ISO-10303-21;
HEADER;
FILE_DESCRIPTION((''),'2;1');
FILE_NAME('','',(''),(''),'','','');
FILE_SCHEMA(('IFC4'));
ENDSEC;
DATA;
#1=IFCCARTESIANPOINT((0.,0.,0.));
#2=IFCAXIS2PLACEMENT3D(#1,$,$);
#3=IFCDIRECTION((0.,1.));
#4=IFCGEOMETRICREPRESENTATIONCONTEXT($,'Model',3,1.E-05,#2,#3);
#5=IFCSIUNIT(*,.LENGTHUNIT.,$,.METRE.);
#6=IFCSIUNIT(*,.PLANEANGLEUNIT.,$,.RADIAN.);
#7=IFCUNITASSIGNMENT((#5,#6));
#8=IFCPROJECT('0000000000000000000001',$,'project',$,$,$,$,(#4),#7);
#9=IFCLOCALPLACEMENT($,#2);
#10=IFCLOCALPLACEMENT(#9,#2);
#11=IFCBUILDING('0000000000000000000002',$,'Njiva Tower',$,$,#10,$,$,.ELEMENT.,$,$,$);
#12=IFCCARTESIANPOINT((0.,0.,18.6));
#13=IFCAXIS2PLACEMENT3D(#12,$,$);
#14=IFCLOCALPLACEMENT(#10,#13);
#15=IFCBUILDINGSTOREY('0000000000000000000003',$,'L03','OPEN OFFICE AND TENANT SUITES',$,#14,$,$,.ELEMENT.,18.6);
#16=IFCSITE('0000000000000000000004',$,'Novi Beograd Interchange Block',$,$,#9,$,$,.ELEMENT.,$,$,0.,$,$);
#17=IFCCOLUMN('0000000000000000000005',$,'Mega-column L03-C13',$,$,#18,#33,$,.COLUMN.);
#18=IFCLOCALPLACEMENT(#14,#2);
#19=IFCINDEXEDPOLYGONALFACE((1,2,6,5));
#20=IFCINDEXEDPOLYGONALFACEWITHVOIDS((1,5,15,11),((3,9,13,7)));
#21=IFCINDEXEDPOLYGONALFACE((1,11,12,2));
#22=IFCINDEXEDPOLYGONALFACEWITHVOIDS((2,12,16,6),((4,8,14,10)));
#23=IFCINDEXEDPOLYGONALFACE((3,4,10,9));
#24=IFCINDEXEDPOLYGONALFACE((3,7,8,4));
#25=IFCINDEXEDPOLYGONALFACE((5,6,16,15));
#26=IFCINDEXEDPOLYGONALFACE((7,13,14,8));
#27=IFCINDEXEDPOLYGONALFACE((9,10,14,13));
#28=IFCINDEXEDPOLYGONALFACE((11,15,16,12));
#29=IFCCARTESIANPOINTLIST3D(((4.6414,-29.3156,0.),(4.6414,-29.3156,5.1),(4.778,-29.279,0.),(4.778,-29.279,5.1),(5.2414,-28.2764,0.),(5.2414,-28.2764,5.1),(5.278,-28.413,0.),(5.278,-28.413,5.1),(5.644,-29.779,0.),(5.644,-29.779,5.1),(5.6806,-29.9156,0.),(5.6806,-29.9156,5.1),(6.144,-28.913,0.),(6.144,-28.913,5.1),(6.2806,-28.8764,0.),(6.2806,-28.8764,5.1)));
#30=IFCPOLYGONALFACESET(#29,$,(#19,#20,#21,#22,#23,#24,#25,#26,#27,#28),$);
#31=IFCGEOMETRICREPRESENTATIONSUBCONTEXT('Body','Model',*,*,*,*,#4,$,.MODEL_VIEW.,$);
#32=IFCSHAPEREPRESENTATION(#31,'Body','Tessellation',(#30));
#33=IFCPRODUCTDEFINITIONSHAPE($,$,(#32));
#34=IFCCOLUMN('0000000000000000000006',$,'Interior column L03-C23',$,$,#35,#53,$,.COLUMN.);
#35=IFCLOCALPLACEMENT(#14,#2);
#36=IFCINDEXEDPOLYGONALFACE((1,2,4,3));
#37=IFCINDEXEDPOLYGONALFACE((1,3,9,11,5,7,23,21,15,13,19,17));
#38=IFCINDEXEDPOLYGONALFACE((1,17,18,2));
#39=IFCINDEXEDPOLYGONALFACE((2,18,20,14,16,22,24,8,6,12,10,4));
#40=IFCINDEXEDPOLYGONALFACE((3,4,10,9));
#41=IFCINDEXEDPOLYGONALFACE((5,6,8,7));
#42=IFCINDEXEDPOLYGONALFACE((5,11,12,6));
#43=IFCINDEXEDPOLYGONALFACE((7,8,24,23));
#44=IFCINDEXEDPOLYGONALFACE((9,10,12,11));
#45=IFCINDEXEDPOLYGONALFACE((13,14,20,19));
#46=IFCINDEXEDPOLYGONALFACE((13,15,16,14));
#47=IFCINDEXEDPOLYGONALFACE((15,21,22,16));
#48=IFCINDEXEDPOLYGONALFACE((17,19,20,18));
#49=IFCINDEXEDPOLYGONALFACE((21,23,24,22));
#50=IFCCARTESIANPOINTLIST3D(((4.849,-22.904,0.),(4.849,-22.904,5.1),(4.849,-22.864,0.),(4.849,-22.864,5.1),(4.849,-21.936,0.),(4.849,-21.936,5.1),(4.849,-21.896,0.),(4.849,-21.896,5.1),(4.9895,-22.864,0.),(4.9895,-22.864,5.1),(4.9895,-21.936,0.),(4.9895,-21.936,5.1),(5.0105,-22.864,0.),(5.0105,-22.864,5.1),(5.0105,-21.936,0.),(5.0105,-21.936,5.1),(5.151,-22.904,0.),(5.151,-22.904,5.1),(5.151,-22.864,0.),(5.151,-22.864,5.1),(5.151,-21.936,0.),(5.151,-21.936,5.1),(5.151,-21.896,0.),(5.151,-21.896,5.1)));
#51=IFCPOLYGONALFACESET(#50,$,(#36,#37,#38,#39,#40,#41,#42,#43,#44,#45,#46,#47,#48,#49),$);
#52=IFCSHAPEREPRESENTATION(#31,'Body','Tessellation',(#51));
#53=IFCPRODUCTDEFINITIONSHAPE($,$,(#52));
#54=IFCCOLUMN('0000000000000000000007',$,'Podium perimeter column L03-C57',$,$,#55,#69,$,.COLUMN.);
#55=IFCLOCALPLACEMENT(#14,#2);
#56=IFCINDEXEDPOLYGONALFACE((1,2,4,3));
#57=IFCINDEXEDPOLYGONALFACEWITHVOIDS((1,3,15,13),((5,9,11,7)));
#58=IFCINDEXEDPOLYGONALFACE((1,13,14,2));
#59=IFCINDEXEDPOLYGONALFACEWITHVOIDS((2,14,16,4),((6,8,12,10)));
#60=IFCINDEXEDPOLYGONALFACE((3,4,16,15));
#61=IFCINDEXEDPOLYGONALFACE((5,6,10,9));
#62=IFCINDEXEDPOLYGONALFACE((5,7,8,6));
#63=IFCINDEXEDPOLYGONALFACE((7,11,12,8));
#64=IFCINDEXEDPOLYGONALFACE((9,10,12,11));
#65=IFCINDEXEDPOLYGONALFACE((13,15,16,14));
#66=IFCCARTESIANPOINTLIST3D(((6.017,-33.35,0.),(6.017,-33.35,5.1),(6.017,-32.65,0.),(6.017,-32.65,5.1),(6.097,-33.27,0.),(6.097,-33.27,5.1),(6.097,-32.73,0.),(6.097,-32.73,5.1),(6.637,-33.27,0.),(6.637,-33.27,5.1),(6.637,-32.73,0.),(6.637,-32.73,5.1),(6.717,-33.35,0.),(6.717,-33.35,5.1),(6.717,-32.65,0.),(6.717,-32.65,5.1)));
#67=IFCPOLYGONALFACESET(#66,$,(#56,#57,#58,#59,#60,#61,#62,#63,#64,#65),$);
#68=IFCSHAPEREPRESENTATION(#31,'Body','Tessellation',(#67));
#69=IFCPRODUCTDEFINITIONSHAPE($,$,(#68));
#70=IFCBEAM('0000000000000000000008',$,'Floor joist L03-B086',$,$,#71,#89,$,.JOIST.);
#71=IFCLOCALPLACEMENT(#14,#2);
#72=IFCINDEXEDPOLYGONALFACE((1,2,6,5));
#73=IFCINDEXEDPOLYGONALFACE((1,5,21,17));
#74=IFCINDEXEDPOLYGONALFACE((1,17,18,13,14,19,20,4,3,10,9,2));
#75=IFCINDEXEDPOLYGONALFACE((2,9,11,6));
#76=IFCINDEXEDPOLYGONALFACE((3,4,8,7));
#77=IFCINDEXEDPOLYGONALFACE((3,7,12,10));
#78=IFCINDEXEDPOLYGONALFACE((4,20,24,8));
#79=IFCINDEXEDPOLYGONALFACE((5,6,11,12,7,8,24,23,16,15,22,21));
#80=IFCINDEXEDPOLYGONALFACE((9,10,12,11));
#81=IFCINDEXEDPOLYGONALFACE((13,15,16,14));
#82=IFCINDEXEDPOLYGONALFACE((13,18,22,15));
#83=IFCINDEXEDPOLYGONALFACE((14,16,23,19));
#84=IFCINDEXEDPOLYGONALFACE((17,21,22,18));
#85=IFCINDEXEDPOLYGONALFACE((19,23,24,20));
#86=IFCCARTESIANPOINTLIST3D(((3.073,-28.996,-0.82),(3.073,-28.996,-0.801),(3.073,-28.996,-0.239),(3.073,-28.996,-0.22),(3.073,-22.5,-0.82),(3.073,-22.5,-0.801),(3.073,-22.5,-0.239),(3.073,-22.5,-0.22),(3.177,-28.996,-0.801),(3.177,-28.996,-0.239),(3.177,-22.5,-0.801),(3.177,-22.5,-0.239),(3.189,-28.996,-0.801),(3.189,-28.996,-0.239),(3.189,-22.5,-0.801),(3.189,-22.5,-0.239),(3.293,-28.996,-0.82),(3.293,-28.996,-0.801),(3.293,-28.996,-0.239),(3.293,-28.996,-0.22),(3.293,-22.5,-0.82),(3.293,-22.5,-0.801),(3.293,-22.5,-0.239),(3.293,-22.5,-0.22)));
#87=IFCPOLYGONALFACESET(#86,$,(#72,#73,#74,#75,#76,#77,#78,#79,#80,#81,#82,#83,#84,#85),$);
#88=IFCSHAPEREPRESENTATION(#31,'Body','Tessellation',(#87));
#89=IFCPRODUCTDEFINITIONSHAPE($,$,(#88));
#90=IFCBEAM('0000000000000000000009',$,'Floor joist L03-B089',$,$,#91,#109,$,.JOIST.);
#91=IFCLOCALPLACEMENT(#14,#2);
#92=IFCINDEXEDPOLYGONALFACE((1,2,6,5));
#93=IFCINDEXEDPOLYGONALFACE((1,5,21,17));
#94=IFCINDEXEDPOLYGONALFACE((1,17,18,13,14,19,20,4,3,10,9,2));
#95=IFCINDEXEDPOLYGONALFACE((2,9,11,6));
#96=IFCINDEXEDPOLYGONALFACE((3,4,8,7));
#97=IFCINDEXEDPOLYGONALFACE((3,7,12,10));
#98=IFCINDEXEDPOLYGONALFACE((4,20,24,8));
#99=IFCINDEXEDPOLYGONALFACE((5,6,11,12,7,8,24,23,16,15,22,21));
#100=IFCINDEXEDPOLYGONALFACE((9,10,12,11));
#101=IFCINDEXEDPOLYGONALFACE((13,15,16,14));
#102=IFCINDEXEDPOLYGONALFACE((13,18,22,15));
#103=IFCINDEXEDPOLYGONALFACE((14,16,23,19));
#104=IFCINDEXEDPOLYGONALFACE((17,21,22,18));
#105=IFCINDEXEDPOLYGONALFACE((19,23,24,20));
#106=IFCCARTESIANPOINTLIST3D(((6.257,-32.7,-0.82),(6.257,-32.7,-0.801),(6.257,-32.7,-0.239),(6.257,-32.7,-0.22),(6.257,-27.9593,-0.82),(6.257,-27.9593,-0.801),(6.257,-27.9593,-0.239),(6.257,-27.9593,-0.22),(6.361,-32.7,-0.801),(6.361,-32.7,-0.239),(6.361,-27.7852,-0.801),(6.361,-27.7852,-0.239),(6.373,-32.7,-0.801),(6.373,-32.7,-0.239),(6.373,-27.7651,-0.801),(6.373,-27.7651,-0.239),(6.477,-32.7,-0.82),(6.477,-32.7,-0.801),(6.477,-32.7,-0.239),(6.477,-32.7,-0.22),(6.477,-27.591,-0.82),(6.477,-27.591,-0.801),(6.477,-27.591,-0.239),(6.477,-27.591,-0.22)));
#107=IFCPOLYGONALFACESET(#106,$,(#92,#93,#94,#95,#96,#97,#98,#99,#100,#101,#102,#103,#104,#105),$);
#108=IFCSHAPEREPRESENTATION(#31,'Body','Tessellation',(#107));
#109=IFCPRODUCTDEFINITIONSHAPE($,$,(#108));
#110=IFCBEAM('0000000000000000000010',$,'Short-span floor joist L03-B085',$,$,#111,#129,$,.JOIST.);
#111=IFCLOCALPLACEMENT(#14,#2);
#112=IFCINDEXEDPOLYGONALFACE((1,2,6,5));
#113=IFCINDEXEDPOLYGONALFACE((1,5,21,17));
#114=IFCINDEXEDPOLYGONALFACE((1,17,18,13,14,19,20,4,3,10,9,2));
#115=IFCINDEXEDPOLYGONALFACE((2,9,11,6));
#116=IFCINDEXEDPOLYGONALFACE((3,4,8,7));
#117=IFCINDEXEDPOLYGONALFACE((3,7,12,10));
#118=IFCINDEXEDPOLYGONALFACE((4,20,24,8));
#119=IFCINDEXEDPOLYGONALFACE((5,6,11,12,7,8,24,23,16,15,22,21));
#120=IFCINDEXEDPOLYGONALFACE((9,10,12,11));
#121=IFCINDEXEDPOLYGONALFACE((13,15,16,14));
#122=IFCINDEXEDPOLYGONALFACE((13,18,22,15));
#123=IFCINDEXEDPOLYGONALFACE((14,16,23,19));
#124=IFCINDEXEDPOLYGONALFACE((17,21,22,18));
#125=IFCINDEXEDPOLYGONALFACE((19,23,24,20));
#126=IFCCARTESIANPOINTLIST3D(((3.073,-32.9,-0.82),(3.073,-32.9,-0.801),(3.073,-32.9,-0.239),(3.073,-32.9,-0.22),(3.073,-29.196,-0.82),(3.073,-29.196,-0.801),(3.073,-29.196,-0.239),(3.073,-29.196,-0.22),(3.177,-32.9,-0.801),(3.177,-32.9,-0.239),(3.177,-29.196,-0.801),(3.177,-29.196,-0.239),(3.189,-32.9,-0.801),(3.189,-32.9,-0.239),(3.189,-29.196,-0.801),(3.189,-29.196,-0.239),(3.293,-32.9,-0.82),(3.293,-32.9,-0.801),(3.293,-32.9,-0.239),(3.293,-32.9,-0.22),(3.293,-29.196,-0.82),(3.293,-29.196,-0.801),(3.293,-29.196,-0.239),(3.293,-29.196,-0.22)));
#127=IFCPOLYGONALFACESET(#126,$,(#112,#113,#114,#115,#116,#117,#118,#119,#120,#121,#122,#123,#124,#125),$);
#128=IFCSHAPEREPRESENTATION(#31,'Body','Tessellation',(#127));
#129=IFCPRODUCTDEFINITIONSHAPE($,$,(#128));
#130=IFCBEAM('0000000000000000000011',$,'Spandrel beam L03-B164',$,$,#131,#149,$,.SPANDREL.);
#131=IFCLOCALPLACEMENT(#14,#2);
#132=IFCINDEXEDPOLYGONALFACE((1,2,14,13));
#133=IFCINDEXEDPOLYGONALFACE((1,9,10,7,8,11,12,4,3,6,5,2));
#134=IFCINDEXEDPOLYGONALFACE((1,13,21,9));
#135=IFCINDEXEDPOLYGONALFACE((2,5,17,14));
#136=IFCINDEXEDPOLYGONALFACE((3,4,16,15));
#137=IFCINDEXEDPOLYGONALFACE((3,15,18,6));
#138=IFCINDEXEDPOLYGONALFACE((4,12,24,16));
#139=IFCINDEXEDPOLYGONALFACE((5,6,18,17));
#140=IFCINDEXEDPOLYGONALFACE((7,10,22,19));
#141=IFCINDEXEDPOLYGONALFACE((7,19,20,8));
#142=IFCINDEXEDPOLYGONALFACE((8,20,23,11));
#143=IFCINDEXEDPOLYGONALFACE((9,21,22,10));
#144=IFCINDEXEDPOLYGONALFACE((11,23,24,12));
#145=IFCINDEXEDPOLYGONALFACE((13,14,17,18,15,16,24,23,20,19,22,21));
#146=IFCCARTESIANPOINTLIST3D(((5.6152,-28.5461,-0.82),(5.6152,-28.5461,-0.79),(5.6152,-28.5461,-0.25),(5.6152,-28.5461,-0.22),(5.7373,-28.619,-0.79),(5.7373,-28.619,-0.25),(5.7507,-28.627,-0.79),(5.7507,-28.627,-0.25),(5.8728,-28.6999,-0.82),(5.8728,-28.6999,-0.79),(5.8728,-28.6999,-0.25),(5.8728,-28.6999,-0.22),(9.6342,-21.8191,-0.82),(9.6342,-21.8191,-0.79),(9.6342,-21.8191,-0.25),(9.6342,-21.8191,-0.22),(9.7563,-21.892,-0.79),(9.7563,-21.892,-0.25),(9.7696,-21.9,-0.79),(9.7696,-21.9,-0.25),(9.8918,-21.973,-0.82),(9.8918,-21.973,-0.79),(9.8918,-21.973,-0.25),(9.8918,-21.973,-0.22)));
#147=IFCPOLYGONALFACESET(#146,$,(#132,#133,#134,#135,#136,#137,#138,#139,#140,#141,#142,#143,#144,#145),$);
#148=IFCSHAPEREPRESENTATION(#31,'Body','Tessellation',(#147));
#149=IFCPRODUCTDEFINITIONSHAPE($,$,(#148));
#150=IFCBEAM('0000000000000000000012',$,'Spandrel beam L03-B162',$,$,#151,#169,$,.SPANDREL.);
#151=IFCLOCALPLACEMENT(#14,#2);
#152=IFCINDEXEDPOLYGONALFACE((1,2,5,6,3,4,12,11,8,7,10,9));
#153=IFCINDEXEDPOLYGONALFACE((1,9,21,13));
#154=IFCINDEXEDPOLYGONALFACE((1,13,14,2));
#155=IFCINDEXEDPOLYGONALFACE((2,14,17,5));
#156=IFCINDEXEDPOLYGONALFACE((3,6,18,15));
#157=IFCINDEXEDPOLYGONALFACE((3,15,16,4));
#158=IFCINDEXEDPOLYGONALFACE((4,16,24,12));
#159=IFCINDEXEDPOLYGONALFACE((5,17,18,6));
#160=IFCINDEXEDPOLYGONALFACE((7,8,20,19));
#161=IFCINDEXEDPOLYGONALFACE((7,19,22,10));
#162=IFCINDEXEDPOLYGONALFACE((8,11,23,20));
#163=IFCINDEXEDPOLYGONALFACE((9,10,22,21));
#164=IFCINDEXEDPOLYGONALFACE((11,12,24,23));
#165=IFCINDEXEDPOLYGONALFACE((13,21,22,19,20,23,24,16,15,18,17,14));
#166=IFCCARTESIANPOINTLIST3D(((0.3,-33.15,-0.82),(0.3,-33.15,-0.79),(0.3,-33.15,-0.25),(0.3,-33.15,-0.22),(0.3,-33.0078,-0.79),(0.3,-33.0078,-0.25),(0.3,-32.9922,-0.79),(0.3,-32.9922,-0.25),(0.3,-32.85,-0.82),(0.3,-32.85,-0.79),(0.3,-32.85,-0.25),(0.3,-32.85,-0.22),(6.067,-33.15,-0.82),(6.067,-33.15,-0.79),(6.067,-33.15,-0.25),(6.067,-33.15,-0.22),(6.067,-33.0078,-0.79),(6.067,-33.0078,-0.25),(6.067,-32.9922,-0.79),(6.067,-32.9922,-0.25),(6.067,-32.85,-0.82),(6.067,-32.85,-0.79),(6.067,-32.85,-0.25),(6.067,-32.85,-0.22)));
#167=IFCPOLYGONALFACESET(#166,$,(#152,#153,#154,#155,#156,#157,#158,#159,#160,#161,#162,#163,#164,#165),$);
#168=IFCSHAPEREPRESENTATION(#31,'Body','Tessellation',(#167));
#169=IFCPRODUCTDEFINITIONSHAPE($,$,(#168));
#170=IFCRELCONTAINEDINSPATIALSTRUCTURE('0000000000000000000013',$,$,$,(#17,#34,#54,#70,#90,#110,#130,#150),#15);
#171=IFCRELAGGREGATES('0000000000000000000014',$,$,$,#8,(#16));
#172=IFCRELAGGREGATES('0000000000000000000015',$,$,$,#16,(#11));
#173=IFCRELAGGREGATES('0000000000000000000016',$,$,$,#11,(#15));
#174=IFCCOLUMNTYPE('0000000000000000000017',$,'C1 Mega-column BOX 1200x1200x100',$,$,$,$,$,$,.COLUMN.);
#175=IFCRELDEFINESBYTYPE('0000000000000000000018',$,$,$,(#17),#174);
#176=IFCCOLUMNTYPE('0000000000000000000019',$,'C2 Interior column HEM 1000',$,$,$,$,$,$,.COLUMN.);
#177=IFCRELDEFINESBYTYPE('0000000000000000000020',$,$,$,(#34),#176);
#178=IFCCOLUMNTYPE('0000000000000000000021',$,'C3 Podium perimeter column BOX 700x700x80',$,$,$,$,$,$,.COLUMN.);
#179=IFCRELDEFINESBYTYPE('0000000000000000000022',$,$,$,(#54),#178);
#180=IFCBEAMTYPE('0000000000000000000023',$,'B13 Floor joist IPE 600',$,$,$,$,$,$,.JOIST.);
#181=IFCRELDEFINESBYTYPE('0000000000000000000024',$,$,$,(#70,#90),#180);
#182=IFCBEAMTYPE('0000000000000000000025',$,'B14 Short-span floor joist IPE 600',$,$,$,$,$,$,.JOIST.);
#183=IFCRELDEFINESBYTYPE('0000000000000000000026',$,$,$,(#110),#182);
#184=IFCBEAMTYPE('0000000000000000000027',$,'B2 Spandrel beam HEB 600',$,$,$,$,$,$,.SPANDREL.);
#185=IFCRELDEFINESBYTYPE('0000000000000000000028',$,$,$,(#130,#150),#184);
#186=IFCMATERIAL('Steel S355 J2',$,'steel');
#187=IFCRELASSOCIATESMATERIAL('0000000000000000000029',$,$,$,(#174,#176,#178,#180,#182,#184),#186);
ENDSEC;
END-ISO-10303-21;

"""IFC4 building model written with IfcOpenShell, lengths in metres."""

from ifc_helpers import new_model, si_unit, direction, frame, origin, origin_2d, place, context, subcontext, project, spatial, hollow_rectangle, i_section, extrude, clip, halfspace, material, material_profile, profile_set, type_object, element, save


model = new_model("IFC4")

# Units and contexts
model_context = context("Model", 3, precision=1e-05, world=origin(), true_north=direction((0.0, 1.0)))
body_context = subcontext(model_context, "Body", "Model", "MODEL_VIEW")
ifc_project = project(units=[si_unit("LENGTHUNIT", "METRE"), si_unit("PLANEANGLEUNIT", "RADIAN")], contexts=[model_context])

# Site, building, storey
site_placement = place(None, origin())
site = spatial("IfcSite", under=ifc_project, at=site_placement, Name="Novi Beograd Interchange Block", CompositionType="ELEMENT", RefElevation=0.0)
building_placement = place(site_placement, origin())
building = spatial("IfcBuilding", under=site, at=building_placement, Name="Njiva Tower", CompositionType="ELEMENT")
storey_placement = place(building_placement, frame((0.0, 0.0, 18.6)))
storey = spatial("IfcBuildingStorey", under=building, at=storey_placement, Name="L03", Description="OPEN OFFICE AND TENANT SUITES", CompositionType="ELEMENT", Elevation=18.6)

# Columns
ifc_material_1 = material(Name="Steel S355 J2", Category="steel")
ifc_material_profile_1 = material_profile(ifc_material_1, hollow_rectangle(XDim=1.2, YDim=1.2, WallThickness=0.1, at=origin_2d()), Name="BOX 1200x1200x100")
ifc_profile_set_1 = profile_set([ifc_material_profile_1], Name="Steel S355 J2")
column_type_1 = type_object("IfcColumnType", Name="C1 Mega-column BOX 1200x1200x100", PredefinedType="COLUMN", material=ifc_profile_set_1)
column_1_placement = place(storey_placement, frame((5.461, -29.096, 0.0), z_axis=(0.0, 0.0, 1.0), x_axis=(0.5, 0.866025, 0.0)))
element("IfcColumn", 1, at=column_1_placement, inside=storey, type_object=column_type_1, Name="Mega-column L03-C13", PredefinedType="COLUMN", context=body_context, shape_type="SweptSolid", body=[
    extrude(hollow_rectangle(XDim=1.2, YDim=1.2, WallThickness=0.1, at=origin_2d()), origin(), (0.0, 0.0, 1.0), 5.1),
])
ifc_material_profile_2 = material_profile(ifc_material_1, i_section(OverallWidth=0.302, OverallDepth=1.008, WebThickness=0.021, FlangeThickness=0.04, at=origin_2d()), Name="HEM 1000")
ifc_profile_set_2 = profile_set([ifc_material_profile_2], Name="Steel S355 J2")
column_type_2 = type_object("IfcColumnType", Name="C2 Interior column HEM 1000", PredefinedType="COLUMN", material=ifc_profile_set_2)
column_2_placement = place(storey_placement, frame((5.0, -22.4, 0.0), z_axis=(0.0, 0.0, 1.0), x_axis=(1.0, 0.0, 0.0)))
element("IfcColumn", 2, at=column_2_placement, inside=storey, type_object=column_type_2, Name="Interior column L03-C23", PredefinedType="COLUMN", context=body_context, shape_type="SweptSolid", body=[
    extrude(i_section(OverallWidth=0.302, OverallDepth=1.008, WebThickness=0.021, FlangeThickness=0.04, at=origin_2d()), origin(), (0.0, 0.0, 1.0), 5.1),
])
ifc_material_profile_3 = material_profile(ifc_material_1, hollow_rectangle(XDim=0.7, YDim=0.7, WallThickness=0.08, at=origin_2d()), Name="BOX 700x700x80")
ifc_profile_set_3 = profile_set([ifc_material_profile_3], Name="Steel S355 J2")
column_type_3 = type_object("IfcColumnType", Name="C3 Podium perimeter column BOX 700x700x80", PredefinedType="COLUMN", material=ifc_profile_set_3)
column_3_placement = place(storey_placement, frame((6.367, -33.0, 0.0), z_axis=(0.0, 0.0, 1.0), x_axis=(1.0, 0.0, 0.0)))
element("IfcColumn", 3, at=column_3_placement, inside=storey, type_object=column_type_3, Name="Podium perimeter column L03-C57", PredefinedType="COLUMN", context=body_context, shape_type="SweptSolid", body=[
    extrude(hollow_rectangle(XDim=0.7, YDim=0.7, WallThickness=0.08, at=origin_2d()), origin(), (0.0, 0.0, 1.0), 5.1),
])

# Beams
ifc_material_profile_4 = material_profile(ifc_material_1, i_section(OverallWidth=0.22, OverallDepth=0.6, WebThickness=0.012, FlangeThickness=0.019, at=origin_2d()), Name="IPE 600")
ifc_profile_set_4 = profile_set([ifc_material_profile_4], Name="Steel S355 J2")
beam_type_1 = type_object("IfcBeamType", Name="B13 Floor joist IPE 600", PredefinedType="JOIST", material=ifc_profile_set_4)
beam_1_placement = place(storey_placement, frame((3.183, -22.5, -0.52), z_axis=(0.0, -1.0, 0.0), x_axis=(1.0, 0.0, 0.0)))
element("IfcBeam", 4, at=beam_1_placement, inside=storey, type_object=beam_type_1, Name="Floor joist L03-B086", PredefinedType="JOIST", context=body_context, shape_type="SweptSolid", body=[
    extrude(i_section(OverallWidth=0.22, OverallDepth=0.6, WebThickness=0.012, FlangeThickness=0.019, at=origin_2d()), origin(), (0.0, 0.0, 1.0), 6.496),
])
beam_2_placement = place(storey_placement, frame((6.367, -27.572, -0.52), z_axis=(0.0, -1.0, 0.0), x_axis=(1.0, 0.0, 0.0)))
element("IfcBeam", 5, at=beam_2_placement, inside=storey, type_object=beam_type_1, Name="Floor joist L03-B089", PredefinedType="JOIST", context=body_context, shape_type="Clipping", body=[
    clip(extrude(i_section(OverallWidth=0.22, OverallDepth=0.6, WebThickness=0.012, FlangeThickness=0.019, at=origin_2d()), origin(), (0.0, 0.0, 1.0), 5.128), halfspace(frame((-0.0433, 0.0, 0.2756), z_axis=(-0.858483, 0.0, -0.512842), x_axis=(0.0, -1.0, 0.0)), False)),
])
ifc_material_profile_5 = material_profile(ifc_material_1, i_section(OverallWidth=0.22, OverallDepth=0.6, WebThickness=0.012, FlangeThickness=0.019, at=origin_2d()), Name="IPE 600")
ifc_profile_set_5 = profile_set([ifc_material_profile_5], Name="Steel S355 J2")
beam_type_2 = type_object("IfcBeamType", Name="B14 Short-span floor joist IPE 600", PredefinedType="JOIST", material=ifc_profile_set_5)
beam_3_placement = place(storey_placement, frame((3.183, -29.196, -0.52), z_axis=(0.0, -1.0, 0.0), x_axis=(1.0, 0.0, 0.0)))
element("IfcBeam", 6, at=beam_3_placement, inside=storey, type_object=beam_type_2, Name="Short-span floor joist L03-B085", PredefinedType="JOIST", context=body_context, shape_type="SweptSolid", body=[
    extrude(i_section(OverallWidth=0.22, OverallDepth=0.6, WebThickness=0.012, FlangeThickness=0.019, at=origin_2d()), origin(), (0.0, 0.0, 1.0), 3.704),
])
ifc_material_profile_6 = material_profile(ifc_material_1, i_section(OverallWidth=0.3, OverallDepth=0.6, WebThickness=0.0155, FlangeThickness=0.03, at=origin_2d()), Name="HEB 600")
ifc_profile_set_6 = profile_set([ifc_material_profile_6], Name="Steel S355 J2")
beam_type_3 = type_object("IfcBeamType", Name="B2 Spandrel beam HEB 600", PredefinedType="SPANDREL", material=ifc_profile_set_6)
beam_4_placement = place(storey_placement, frame((5.744, -28.623, -0.52), z_axis=(0.512881, 0.85846, 0.0), x_axis=(-0.85846, 0.512881, 0.0)))
element("IfcBeam", 7, at=beam_4_placement, inside=storey, type_object=beam_type_3, Name="Spandrel beam L03-B164", PredefinedType="SPANDREL", context=body_context, shape_type="SweptSolid", body=[
    extrude(i_section(OverallWidth=0.3, OverallDepth=0.6, WebThickness=0.0155, FlangeThickness=0.03, at=origin_2d()), origin(), (0.0, 0.0, 1.0), 7.8361),
])
beam_5_placement = place(storey_placement, frame((0.3, -33.0, -0.52), z_axis=(1.0, 0.0, 0.0), x_axis=(0.0, 1.0, 0.0)))
element("IfcBeam", 8, at=beam_5_placement, inside=storey, type_object=beam_type_3, Name="Spandrel beam L03-B162", PredefinedType="SPANDREL", context=body_context, shape_type="SweptSolid", body=[
    extrude(i_section(OverallWidth=0.3, OverallDepth=0.6, WebThickness=0.0155, FlangeThickness=0.03, at=origin_2d()), origin(), (0.0, 0.0, 1.0), 5.767),
])

save(model, "model.ifc")
